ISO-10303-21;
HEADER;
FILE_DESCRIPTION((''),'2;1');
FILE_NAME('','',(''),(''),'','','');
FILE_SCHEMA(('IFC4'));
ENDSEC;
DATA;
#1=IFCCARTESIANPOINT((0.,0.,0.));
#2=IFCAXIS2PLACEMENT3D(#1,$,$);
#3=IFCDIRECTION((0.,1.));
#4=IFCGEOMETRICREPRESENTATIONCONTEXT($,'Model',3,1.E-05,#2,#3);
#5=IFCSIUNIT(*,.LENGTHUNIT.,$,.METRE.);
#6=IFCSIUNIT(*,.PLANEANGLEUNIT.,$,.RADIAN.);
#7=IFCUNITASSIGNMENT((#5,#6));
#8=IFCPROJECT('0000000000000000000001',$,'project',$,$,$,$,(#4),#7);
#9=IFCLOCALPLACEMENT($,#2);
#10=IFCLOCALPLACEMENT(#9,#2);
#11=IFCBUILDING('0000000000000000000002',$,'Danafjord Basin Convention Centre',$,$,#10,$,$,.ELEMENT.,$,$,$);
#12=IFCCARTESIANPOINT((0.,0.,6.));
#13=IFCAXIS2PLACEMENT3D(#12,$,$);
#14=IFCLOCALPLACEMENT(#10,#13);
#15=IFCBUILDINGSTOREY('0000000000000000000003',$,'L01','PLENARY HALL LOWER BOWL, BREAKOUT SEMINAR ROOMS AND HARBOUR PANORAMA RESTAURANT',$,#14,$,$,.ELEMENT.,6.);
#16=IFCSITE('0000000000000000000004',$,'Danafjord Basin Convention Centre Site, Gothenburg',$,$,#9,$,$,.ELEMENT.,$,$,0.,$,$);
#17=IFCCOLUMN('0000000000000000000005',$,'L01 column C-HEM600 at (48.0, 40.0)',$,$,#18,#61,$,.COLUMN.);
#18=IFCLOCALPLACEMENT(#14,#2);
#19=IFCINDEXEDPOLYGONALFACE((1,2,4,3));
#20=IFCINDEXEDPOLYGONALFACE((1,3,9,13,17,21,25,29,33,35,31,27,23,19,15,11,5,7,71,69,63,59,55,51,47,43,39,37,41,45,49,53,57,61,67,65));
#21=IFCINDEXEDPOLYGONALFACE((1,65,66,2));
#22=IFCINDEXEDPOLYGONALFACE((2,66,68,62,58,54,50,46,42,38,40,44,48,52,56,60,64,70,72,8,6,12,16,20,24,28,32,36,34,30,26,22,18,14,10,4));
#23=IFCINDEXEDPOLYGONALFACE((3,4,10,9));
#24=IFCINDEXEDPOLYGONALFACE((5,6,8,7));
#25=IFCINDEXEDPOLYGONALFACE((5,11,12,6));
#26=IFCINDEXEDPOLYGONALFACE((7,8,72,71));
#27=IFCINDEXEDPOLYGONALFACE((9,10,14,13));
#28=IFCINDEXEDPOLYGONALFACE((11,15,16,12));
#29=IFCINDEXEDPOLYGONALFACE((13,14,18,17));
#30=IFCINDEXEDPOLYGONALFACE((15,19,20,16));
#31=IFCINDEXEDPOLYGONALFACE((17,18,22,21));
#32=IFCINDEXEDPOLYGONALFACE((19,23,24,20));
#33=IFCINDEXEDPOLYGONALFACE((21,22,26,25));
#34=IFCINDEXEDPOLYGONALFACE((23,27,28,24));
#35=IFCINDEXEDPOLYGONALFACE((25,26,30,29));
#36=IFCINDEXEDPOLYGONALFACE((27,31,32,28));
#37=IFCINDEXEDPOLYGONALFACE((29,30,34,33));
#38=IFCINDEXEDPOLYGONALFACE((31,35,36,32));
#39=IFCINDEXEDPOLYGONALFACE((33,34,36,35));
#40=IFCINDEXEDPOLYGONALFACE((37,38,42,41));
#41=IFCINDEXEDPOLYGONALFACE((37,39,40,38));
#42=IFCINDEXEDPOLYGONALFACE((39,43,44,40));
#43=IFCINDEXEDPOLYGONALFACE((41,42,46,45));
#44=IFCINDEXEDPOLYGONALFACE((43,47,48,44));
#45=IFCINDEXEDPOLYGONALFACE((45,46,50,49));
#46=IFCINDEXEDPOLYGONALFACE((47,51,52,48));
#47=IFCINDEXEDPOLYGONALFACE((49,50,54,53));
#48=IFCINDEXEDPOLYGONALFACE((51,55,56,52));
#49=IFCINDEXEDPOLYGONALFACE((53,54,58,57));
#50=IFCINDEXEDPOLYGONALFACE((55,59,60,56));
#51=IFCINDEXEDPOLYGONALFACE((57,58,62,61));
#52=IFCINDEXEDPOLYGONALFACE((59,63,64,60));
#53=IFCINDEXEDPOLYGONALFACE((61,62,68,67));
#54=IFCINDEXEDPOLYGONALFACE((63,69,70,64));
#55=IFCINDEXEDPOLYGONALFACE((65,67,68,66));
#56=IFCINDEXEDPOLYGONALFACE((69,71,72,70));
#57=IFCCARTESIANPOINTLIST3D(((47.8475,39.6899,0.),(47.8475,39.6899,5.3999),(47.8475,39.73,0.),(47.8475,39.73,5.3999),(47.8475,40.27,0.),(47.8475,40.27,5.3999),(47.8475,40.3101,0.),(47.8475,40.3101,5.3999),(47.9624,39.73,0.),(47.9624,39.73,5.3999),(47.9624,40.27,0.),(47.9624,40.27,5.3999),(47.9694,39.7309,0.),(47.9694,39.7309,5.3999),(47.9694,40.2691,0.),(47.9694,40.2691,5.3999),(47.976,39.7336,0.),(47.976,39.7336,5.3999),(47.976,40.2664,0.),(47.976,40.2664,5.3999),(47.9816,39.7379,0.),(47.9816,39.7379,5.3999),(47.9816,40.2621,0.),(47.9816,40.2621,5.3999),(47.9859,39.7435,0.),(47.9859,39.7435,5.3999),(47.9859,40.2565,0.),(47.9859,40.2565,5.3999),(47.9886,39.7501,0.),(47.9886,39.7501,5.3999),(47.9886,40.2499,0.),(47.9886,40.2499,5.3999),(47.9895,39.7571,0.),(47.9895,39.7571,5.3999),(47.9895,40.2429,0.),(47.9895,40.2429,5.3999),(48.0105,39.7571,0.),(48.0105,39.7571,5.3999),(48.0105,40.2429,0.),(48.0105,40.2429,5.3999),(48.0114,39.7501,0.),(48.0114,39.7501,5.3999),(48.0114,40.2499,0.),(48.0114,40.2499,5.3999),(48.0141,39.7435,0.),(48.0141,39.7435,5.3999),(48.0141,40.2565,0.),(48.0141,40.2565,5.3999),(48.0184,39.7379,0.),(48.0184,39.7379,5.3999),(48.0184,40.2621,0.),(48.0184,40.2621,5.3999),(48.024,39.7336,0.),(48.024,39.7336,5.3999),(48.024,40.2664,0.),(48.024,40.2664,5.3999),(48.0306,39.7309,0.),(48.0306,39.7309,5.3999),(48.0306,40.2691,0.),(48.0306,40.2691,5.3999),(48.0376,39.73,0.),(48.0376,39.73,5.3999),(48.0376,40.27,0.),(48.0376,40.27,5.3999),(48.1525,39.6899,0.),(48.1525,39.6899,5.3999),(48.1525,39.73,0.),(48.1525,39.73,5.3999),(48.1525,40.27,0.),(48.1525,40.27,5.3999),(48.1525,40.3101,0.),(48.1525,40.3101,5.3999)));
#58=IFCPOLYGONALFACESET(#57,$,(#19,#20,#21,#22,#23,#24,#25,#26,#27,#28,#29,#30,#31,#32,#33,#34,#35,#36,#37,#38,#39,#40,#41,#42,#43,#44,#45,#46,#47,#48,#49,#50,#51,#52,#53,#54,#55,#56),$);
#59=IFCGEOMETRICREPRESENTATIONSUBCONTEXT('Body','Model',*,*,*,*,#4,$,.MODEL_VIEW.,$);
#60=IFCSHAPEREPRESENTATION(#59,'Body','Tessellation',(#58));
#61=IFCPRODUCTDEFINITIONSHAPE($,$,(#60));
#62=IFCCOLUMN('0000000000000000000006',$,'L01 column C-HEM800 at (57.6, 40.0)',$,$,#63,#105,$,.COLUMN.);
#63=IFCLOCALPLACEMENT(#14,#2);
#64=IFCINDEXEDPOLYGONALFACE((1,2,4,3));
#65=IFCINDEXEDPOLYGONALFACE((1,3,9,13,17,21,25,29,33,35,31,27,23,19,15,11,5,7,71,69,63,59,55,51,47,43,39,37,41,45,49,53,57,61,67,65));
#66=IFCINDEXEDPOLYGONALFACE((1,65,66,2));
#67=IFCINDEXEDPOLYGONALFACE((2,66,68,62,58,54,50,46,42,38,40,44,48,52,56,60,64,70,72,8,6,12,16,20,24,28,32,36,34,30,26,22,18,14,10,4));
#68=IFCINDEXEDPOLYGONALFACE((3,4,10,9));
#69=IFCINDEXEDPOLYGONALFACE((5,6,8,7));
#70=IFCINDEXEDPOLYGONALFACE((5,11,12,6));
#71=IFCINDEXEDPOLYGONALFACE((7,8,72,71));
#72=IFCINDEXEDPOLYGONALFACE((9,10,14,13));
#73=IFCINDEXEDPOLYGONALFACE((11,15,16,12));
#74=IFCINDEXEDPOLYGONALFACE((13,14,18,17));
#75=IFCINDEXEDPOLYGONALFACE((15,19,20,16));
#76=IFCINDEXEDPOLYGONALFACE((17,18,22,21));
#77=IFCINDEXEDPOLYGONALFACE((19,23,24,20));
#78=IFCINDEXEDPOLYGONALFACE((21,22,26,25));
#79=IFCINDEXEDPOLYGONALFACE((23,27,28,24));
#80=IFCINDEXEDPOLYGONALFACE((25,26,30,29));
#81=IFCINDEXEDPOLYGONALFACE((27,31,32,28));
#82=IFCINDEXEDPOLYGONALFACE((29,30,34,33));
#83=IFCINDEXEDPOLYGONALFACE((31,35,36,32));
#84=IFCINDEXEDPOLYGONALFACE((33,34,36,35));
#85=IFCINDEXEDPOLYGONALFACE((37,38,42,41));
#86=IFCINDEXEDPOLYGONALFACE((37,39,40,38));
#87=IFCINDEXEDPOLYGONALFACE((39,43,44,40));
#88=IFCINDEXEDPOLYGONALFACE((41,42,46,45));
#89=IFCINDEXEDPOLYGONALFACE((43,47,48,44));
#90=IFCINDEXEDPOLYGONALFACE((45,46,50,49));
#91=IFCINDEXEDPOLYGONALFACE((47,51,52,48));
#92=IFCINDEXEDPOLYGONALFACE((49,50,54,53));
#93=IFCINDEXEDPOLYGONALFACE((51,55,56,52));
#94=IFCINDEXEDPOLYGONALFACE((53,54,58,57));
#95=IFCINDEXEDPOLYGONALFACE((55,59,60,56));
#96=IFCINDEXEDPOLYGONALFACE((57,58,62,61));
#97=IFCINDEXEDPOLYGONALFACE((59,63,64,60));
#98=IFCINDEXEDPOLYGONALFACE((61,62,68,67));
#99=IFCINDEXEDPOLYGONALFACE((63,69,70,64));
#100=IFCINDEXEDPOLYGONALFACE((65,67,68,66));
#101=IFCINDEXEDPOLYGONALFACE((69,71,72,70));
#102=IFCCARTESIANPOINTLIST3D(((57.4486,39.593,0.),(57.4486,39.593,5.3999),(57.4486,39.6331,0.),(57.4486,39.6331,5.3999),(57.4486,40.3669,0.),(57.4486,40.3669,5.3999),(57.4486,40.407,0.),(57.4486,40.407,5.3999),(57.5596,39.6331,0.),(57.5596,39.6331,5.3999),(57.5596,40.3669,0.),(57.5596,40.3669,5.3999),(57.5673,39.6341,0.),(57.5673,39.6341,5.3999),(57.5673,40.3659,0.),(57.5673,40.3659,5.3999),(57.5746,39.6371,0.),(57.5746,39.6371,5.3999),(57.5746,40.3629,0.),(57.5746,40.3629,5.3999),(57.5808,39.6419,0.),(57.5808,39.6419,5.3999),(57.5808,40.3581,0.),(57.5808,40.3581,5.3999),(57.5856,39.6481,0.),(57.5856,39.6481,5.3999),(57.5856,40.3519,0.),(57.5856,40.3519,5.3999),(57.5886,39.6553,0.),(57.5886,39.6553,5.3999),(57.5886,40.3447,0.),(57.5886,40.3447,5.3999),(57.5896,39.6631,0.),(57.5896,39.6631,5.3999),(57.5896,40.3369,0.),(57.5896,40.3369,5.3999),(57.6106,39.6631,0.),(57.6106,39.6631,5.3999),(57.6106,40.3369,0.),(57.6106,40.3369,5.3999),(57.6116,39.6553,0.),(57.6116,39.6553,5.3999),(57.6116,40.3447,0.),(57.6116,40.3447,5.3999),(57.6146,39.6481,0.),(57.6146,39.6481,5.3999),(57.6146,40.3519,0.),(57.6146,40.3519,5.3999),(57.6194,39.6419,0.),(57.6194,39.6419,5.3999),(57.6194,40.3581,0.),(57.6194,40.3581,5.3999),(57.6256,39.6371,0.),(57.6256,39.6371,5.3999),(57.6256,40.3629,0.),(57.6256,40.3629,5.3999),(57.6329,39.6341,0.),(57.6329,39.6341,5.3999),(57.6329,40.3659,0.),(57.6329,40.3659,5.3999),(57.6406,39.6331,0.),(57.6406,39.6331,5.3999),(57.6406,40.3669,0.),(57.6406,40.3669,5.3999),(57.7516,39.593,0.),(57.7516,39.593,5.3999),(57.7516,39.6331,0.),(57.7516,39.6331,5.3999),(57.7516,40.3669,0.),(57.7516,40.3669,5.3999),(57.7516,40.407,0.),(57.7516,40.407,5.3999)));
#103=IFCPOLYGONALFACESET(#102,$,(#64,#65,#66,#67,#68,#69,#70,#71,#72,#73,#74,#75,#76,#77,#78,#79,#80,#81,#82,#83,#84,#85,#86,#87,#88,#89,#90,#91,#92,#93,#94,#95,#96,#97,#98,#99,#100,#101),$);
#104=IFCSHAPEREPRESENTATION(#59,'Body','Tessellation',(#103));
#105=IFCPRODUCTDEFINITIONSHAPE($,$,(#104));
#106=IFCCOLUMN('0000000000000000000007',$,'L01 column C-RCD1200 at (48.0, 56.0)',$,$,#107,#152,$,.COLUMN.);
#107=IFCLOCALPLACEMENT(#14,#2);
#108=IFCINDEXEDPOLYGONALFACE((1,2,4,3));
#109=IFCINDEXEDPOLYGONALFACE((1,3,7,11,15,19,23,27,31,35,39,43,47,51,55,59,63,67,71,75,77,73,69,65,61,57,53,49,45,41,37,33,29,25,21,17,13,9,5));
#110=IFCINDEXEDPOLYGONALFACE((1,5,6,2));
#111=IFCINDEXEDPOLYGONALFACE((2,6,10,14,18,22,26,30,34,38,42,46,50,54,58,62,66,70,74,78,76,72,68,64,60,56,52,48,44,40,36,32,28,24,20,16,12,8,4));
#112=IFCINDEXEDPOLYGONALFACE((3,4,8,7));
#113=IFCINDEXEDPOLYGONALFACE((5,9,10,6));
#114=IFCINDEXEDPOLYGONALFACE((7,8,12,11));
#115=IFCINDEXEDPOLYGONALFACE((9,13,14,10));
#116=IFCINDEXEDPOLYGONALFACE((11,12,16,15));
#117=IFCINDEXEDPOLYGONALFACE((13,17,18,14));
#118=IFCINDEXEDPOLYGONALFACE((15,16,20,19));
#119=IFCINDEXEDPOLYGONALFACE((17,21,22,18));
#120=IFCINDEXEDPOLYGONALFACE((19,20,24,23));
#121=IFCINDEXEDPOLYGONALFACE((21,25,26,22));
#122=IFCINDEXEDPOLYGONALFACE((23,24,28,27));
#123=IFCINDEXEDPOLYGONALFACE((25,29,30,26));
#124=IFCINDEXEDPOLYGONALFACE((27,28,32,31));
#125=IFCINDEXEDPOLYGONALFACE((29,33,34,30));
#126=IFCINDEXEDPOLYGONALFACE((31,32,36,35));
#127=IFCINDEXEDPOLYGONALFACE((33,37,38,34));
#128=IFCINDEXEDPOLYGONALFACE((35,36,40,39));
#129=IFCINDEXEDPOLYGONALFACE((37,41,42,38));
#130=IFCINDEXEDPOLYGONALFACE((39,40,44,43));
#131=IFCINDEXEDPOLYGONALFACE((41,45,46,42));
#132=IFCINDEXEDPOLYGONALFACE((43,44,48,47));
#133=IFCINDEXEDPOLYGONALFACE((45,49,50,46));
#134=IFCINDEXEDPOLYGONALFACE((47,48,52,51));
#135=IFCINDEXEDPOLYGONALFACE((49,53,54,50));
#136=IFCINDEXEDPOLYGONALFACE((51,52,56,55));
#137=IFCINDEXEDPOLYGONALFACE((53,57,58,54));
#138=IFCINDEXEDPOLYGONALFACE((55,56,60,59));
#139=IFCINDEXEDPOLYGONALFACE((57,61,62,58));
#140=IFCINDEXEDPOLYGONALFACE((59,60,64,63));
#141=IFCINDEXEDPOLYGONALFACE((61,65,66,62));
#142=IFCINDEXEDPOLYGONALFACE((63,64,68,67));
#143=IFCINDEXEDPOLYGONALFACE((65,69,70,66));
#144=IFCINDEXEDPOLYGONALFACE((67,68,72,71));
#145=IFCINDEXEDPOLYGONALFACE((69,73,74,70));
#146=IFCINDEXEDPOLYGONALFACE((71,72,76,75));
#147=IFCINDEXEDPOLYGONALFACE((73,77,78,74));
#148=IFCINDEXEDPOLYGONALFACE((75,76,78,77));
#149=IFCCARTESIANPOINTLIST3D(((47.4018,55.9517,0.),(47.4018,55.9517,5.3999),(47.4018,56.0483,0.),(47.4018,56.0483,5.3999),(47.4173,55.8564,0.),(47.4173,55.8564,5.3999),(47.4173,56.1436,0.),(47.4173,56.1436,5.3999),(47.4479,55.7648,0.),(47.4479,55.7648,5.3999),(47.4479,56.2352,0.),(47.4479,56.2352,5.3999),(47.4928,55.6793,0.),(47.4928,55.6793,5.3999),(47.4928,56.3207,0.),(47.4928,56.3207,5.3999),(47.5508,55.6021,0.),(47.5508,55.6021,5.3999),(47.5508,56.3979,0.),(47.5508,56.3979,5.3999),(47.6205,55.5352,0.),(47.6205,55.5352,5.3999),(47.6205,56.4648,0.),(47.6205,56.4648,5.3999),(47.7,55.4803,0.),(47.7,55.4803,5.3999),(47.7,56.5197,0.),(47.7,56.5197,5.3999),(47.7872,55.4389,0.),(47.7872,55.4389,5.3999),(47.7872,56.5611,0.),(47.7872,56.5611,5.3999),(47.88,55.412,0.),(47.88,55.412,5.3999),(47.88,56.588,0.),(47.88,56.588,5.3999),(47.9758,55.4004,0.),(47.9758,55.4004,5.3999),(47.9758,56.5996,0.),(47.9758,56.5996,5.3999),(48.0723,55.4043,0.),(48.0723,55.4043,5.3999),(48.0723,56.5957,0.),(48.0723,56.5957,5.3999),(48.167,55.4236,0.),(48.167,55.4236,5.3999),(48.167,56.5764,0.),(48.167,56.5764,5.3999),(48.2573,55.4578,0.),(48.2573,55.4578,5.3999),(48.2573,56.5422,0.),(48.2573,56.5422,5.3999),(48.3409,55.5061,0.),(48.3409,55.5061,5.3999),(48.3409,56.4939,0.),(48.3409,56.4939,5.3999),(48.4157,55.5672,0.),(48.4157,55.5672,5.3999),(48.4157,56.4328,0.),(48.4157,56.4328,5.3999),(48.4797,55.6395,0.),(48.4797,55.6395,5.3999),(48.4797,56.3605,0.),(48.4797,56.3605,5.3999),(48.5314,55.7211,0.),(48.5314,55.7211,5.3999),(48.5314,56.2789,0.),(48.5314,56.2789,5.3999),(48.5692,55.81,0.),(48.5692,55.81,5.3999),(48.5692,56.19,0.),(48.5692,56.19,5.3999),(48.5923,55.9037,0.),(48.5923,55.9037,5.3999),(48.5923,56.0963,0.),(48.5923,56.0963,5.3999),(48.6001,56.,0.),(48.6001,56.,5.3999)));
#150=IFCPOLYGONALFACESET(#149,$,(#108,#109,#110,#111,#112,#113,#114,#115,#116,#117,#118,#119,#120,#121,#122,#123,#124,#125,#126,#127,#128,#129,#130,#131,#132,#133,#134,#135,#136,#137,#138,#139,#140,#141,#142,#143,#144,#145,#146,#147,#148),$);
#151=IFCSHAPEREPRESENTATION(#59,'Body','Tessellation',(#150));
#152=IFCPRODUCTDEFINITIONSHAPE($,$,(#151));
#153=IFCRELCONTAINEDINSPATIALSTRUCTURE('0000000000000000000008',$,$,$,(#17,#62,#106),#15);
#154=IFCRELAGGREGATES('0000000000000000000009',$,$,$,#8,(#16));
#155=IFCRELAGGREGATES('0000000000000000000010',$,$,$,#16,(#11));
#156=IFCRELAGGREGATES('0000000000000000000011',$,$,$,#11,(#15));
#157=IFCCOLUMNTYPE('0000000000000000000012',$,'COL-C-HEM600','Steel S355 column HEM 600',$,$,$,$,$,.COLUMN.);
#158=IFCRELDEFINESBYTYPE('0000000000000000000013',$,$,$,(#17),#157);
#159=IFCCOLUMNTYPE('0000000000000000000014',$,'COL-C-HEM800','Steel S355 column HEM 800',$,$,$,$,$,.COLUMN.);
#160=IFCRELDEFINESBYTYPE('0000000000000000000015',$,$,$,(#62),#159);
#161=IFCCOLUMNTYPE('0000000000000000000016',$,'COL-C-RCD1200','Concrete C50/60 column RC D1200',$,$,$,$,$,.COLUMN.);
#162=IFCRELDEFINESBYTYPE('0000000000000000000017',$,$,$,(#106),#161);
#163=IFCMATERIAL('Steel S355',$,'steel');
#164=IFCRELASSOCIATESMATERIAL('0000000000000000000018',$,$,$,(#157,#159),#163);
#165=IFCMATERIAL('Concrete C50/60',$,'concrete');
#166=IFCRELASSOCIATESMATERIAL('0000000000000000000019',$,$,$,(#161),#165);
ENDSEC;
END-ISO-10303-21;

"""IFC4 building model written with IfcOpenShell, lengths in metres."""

from ifc_helpers import new_model, si_unit, direction, frame, origin, origin_2d, place, context, subcontext, project, spatial, circle, i_section, extrude, material, material_profile, profile_set, type_object, element, save


model = new_model("IFC4")

# Units and contexts
model_context = context("Model", 3, precision=1e-05, world=origin(), true_north=direction((0.0, 1.0)))
body_context = subcontext(model_context, "Body", "Model", "MODEL_VIEW")
ifc_project = project(units=[si_unit("LENGTHUNIT", "METRE"), si_unit("PLANEANGLEUNIT", "RADIAN")], contexts=[model_context])

# Site, building, storey
site_placement = place(None, origin())
site = spatial("IfcSite", under=ifc_project, at=site_placement, Name="Danafjord Basin Convention Centre Site, Gothenburg", CompositionType="ELEMENT", RefElevation=0.0)
building_placement = place(site_placement, origin())
building = spatial("IfcBuilding", under=site, at=building_placement, Name="Danafjord Basin Convention Centre", CompositionType="ELEMENT")
storey_placement = place(building_placement, frame((0.0, 0.0, 6.0)))
storey = spatial("IfcBuildingStorey", under=building, at=storey_placement, Name="L01", Description="PLENARY HALL LOWER BOWL, BREAKOUT SEMINAR ROOMS AND HARBOUR PANORAMA RESTAURANT", CompositionType="ELEMENT", Elevation=6.0)

# Columns
ifc_material_1 = material(Name="Steel S355", Category="steel")
ifc_material_profile_1 = material_profile(ifc_material_1, i_section(OverallWidth=0.3049, OverallDepth=0.6201, WebThickness=0.021, FlangeThickness=0.04, FilletRadius=0.0271, at=origin_2d()), Name="HEM 600")
ifc_profile_set_1 = profile_set([ifc_material_profile_1], Name="Steel S355")
column_type_1 = type_object("IfcColumnType", Name="COL-C-HEM600", Description="Steel S355 column HEM 600", PredefinedType="COLUMN", material=ifc_profile_set_1)
column_1_placement = place(storey_placement, frame((48.0, 40.0, 0.0), z_axis=(0.0, 0.0, 1.0), x_axis=(1.0, 0.0, 0.0)))
element("IfcColumn", 1, at=column_1_placement, inside=storey, type_object=column_type_1, Name="L01 column C-HEM600 at (48.0, 40.0)", PredefinedType="COLUMN", context=body_context, shape_type="SweptSolid", body=[
    extrude(i_section(OverallWidth=0.3049, OverallDepth=0.6201, WebThickness=0.021, FlangeThickness=0.04, FilletRadius=0.0271, at=origin_2d()), origin(), (0.0, 0.0, 1.0), 5.3999),
])
ifc_material_profile_2 = material_profile(ifc_material_1, i_section(OverallWidth=0.303, OverallDepth=0.814, WebThickness=0.021, FlangeThickness=0.04, FilletRadius=0.03, at=origin_2d()), Name="HEM 800")
ifc_profile_set_2 = profile_set([ifc_material_profile_2], Name="Steel S355")
column_type_2 = type_object("IfcColumnType", Name="COL-C-HEM800", Description="Steel S355 column HEM 800", PredefinedType="COLUMN", material=ifc_profile_set_2)
column_2_placement = place(storey_placement, frame((57.6001, 40.0, 0.0), z_axis=(0.0, 0.0, 1.0), x_axis=(1.0, 0.0, 0.0)))
element("IfcColumn", 2, at=column_2_placement, inside=storey, type_object=column_type_2, Name="L01 column C-HEM800 at (57.6, 40.0)", PredefinedType="COLUMN", context=body_context, shape_type="SweptSolid", body=[
    extrude(i_section(OverallWidth=0.303, OverallDepth=0.814, WebThickness=0.021, FlangeThickness=0.04, FilletRadius=0.03, at=origin_2d()), origin(), (0.0, 0.0, 1.0), 5.3999),
])
ifc_material_2 = material(Name="Concrete C50/60", Category="concrete")
ifc_material_profile_3 = material_profile(ifc_material_2, circle(Radius=0.6001, at=origin_2d()), Name="RC D1200")
ifc_profile_set_3 = profile_set([ifc_material_profile_3], Name="Concrete C50/60")
column_type_3 = type_object("IfcColumnType", Name="COL-C-RCD1200", Description="Concrete C50/60 column RC D1200", PredefinedType="COLUMN", material=ifc_profile_set_3)
column_3_placement = place(storey_placement, frame((48.0, 56.0, 0.0), z_axis=(0.0, 0.0, 1.0), x_axis=(1.0, 0.0, 0.0)))
element("IfcColumn", 3, at=column_3_placement, inside=storey, type_object=column_type_3, Name="L01 column C-RCD1200 at (48.0, 56.0)", PredefinedType="COLUMN", context=body_context, shape_type="SweptSolid", body=[
    extrude(circle(Radius=0.6001, at=origin_2d()), origin(), (0.0, 0.0, 1.0), 5.3999),
])

save(model, "model.ifc")
